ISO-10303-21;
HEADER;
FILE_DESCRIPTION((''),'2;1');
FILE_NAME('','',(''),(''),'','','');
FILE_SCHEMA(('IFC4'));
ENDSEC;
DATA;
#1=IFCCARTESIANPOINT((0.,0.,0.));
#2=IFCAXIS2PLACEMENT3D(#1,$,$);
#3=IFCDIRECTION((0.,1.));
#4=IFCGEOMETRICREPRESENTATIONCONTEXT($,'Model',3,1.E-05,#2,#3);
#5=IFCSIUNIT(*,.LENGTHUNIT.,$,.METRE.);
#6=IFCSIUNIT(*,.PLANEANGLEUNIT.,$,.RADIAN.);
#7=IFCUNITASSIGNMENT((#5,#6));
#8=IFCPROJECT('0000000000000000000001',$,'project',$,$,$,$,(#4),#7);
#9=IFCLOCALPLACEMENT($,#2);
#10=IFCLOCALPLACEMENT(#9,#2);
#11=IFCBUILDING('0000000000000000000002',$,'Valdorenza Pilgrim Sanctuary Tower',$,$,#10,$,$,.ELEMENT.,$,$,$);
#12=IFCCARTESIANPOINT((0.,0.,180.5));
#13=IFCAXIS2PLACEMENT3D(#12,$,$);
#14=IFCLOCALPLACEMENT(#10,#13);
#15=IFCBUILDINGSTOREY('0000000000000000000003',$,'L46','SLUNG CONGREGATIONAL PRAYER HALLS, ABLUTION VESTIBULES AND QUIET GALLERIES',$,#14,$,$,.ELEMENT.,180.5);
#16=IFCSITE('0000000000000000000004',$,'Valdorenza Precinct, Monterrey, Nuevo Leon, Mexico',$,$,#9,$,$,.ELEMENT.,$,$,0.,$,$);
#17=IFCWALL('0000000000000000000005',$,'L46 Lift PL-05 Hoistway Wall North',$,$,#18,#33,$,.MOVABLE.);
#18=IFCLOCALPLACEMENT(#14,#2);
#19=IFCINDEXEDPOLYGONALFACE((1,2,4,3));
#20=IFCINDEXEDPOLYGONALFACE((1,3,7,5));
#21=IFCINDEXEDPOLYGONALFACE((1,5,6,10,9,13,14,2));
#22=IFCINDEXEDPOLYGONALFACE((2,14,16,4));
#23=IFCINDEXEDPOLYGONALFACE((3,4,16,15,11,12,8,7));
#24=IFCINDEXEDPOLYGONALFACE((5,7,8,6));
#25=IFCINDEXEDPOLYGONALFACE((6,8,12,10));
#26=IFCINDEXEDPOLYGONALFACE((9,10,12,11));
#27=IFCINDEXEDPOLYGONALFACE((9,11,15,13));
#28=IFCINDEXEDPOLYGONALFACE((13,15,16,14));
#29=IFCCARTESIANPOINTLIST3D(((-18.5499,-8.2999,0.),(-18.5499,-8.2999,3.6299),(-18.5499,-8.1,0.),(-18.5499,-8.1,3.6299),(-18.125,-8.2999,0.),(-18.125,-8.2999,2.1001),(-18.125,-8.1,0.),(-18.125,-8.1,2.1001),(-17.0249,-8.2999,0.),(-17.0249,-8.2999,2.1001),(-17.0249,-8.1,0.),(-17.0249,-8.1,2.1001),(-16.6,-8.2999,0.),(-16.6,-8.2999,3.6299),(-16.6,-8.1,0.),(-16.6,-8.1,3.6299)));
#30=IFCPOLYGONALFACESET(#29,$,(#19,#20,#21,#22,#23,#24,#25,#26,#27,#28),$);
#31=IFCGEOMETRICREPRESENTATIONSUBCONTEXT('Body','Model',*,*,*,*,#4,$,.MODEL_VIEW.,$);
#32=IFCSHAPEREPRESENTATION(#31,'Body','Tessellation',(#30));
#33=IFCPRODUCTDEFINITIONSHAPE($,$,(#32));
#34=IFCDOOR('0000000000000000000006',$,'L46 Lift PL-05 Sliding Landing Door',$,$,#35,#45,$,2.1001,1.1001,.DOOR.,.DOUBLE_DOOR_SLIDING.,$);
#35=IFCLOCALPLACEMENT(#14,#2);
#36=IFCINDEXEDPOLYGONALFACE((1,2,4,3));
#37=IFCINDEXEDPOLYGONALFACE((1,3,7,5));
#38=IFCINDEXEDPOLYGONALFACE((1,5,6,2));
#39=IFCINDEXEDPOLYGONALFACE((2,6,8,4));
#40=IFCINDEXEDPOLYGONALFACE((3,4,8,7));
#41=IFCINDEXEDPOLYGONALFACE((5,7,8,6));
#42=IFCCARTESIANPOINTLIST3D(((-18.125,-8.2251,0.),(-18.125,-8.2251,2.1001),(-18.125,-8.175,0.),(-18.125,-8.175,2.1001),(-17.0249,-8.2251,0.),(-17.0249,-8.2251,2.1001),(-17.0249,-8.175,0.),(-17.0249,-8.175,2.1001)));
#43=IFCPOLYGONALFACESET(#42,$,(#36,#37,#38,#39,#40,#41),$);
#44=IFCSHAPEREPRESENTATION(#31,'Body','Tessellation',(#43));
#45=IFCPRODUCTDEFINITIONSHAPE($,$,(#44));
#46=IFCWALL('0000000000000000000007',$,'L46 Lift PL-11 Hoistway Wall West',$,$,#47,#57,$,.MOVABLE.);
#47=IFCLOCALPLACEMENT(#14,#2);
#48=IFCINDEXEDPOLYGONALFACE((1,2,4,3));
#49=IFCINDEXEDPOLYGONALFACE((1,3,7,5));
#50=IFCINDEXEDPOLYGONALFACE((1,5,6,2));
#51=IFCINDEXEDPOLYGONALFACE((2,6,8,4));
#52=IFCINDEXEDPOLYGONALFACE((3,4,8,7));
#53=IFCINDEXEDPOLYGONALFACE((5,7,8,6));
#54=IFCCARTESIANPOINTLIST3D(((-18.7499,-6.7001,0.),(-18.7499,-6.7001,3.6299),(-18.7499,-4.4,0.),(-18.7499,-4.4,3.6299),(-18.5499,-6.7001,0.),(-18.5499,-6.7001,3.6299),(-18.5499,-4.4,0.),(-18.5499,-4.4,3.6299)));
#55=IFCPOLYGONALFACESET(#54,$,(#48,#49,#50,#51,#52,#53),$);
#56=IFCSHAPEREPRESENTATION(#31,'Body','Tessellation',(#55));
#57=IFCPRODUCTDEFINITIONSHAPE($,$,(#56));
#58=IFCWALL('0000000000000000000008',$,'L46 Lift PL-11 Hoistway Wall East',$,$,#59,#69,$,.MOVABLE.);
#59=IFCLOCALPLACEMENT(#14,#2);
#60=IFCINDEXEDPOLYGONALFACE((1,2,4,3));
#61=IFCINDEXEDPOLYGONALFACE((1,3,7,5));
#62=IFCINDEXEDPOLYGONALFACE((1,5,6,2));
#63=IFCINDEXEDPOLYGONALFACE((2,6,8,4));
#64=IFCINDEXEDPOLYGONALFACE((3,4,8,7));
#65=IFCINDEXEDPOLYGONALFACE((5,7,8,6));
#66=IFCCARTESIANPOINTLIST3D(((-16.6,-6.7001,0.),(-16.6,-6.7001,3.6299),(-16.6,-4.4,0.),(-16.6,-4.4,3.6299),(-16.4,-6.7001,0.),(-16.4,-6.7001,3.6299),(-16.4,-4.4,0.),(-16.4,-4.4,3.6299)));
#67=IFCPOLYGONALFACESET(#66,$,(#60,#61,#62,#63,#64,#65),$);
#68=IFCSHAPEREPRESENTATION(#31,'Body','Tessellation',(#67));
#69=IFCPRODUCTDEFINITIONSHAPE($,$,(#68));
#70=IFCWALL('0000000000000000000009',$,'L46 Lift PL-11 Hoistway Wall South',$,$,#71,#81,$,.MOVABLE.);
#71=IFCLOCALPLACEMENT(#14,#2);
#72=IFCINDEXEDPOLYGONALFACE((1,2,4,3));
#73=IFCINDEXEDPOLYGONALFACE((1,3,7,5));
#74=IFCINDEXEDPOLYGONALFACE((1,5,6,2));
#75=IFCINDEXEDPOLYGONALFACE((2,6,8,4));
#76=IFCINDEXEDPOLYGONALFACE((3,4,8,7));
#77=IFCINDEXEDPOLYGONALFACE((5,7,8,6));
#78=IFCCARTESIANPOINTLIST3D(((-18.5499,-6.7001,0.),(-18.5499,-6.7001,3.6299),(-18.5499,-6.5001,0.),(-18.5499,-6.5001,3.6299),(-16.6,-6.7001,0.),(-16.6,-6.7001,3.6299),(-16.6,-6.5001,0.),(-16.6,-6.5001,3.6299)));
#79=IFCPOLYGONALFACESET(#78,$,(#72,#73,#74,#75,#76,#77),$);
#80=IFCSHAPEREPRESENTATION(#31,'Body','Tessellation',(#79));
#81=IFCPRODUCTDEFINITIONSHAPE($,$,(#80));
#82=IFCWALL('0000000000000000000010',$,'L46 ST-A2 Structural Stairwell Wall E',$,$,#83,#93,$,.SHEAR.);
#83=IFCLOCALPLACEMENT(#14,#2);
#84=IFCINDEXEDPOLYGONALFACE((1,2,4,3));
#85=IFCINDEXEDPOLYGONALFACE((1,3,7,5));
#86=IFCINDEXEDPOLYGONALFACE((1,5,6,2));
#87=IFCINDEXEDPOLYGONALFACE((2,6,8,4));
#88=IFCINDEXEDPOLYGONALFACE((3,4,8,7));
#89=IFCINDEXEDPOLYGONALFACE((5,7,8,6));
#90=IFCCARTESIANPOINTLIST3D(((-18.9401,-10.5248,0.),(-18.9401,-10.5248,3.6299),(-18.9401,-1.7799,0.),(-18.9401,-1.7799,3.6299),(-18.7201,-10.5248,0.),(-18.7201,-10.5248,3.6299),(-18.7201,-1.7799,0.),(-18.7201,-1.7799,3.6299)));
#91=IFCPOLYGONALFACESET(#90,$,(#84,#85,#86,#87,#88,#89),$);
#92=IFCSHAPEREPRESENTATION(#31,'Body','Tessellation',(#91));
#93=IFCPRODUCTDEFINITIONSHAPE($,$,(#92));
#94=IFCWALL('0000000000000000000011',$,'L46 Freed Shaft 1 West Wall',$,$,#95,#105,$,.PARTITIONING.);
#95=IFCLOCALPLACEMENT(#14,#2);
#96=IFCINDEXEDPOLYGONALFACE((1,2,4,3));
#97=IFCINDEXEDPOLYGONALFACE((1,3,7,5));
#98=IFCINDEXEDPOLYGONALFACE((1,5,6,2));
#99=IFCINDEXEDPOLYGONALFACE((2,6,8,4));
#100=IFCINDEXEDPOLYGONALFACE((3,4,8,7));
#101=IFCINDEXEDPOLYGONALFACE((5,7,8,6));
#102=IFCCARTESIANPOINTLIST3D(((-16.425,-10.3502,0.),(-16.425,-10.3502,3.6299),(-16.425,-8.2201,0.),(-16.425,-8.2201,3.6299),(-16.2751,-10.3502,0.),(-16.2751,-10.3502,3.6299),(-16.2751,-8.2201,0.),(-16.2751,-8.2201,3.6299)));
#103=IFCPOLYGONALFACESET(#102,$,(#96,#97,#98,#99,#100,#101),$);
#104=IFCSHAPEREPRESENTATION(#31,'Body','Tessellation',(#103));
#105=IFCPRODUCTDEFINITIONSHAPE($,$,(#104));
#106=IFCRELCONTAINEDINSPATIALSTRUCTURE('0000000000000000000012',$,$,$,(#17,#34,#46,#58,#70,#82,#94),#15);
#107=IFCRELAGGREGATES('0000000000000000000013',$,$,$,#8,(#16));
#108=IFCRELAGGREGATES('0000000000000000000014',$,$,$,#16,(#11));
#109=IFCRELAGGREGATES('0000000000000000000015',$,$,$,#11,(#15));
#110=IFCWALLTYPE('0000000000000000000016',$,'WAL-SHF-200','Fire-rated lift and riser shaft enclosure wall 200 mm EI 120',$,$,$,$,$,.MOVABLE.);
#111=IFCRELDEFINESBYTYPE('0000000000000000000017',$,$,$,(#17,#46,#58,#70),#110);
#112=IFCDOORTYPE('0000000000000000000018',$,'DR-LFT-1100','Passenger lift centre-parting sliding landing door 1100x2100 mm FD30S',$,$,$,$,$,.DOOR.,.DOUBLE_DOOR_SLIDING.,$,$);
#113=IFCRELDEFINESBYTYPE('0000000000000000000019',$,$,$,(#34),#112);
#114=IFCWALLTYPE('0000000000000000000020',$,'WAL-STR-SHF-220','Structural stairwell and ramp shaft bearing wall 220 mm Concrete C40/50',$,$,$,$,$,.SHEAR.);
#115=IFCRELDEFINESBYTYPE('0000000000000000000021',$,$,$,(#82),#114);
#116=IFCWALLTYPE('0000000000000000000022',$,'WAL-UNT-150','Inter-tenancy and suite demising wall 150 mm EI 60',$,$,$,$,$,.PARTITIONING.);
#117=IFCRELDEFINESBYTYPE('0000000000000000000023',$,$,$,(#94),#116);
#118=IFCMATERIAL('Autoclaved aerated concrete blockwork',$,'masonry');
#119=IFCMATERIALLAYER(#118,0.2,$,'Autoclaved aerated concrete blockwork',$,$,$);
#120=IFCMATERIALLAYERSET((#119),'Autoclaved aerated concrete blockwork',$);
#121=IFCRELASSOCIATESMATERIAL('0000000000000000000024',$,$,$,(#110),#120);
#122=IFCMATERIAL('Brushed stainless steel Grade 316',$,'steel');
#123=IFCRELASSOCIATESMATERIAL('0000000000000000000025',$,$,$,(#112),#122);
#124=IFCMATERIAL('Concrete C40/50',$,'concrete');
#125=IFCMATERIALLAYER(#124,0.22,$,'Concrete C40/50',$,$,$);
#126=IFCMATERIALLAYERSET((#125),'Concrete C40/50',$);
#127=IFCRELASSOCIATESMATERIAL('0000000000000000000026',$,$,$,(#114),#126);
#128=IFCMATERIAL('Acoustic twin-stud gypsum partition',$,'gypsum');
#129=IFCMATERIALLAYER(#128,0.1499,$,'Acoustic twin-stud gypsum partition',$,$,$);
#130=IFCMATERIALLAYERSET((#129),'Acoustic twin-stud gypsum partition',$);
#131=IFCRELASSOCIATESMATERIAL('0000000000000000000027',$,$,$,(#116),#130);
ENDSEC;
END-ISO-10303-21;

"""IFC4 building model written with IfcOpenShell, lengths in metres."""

from ifc_helpers import new_model, si_unit, direction, frame, frame_2d, origin, place, context, subcontext, project, spatial, rectangle, extrude, material, layer, layer_set, type_object, element, fill, save


model = new_model("IFC4")

# Units and contexts
model_context = context("Model", 3, precision=1e-05, world=origin(), true_north=direction((0.0, 1.0)))
body_context = subcontext(model_context, "Body", "Model", "MODEL_VIEW")
ifc_project = project(units=[si_unit("LENGTHUNIT", "METRE"), si_unit("PLANEANGLEUNIT", "RADIAN")], contexts=[model_context])

# Site, building, storey
site_placement = place(None, origin())
site = spatial("IfcSite", under=ifc_project, at=site_placement, Name="Valdorenza Precinct, Monterrey, Nuevo Leon, Mexico", CompositionType="ELEMENT", RefElevation=0.0)
building_placement = place(site_placement, origin())
building = spatial("IfcBuilding", under=site, at=building_placement, Name="Valdorenza Pilgrim Sanctuary Tower", CompositionType="ELEMENT")
storey_placement = place(building_placement, frame((0.0, 0.0, 180.5)))
storey = spatial("IfcBuildingStorey", under=building, at=storey_placement, Name="L46", Description="SLUNG CONGREGATIONAL PRAYER HALLS, ABLUTION VESTIBULES AND QUIET GALLERIES", CompositionType="ELEMENT", Elevation=180.5)

# Shared definitions
ifc_material_1 = material(Name="Acoustic twin-stud gypsum partition", Category="gypsum")

# Shared definitions
ifc_material_2 = material(Name="Autoclaved aerated concrete blockwork", Category="masonry")
ifc_layer_1 = layer(ifc_material_2, 0.2, Name="Autoclaved aerated concrete blockwork")
ifc_layer_set_1 = layer_set([ifc_layer_1], Name="Autoclaved aerated concrete blockwork")
wall_type_1 = type_object("IfcWallType", Name="WAL-SHF-200", Description="Fire-rated lift and riser shaft enclosure wall 200 mm EI 120", PredefinedType="MOVABLE", material=ifc_layer_set_1)

# Wall, opening, door
wall_1_placement = place(storey_placement, frame((-18.55, -8.2, 0.0), z_axis=(0.0, 0.0, 1.0), x_axis=(1.0, 0.0, 0.0)))
wall_1 = element("IfcWall", 1, at=wall_1_placement, inside=storey, type_object=wall_type_1, Name="L46 Lift PL-05 Hoistway Wall North", PredefinedType="MOVABLE", context=body_context, shape_type="SweptSolid", body=[
    extrude(rectangle(XDim=1.95, YDim=0.2, at=frame_2d((0.9751, 0.0))), origin(), (0.0, 0.0, 1.0), 3.6299),
])
opening_1_placement = place(wall_1_placement, frame((0.425, 0.0, 0.0)))
opening_1 = element("IfcOpeningElement", 2, at=opening_1_placement, cuts=wall_1, PredefinedType="OPENING", context=body_context, shape_type="SweptSolid", body=[
    extrude(rectangle(XDim=1.1001, YDim=2.1001, at=frame_2d((0.55, 1.05))), frame((0.0, 0.1147, 0.0), z_axis=(0.0, -1.0, 0.0), x_axis=(1.0, 0.0, 0.0)), (0.0, 0.0, 1.0), 0.2297),
])
ifc_material_3 = material(Name="Brushed stainless steel Grade 316", Category="steel")
door_type_1 = type_object("IfcDoorType", Name="DR-LFT-1100", Description="Passenger lift centre-parting sliding landing door 1100x2100 mm FD30S", OperationType="DOUBLE_DOOR_SLIDING", PredefinedType="DOOR", material=ifc_material_3)
door_1_placement = place(opening_1_placement, origin())
door_1 = element("IfcDoor", 3, at=door_1_placement, inside=storey, type_object=door_type_1, Name="L46 Lift PL-05 Sliding Landing Door", OperationType="DOUBLE_DOOR_SLIDING", OverallHeight=2.1001, OverallWidth=1.1001, PredefinedType="DOOR", context=body_context, shape_type="SweptSolid", body=[
    extrude(rectangle(XDim=1.1001, YDim=2.1001, at=frame_2d((0.55, 1.05))), frame((0.0, 0.0249, 0.0), z_axis=(0.0, -1.0, 0.0), x_axis=(1.0, 0.0, 0.0)), (0.0, 0.0, 1.0), 0.05),
])
fill(opening_1, door_1)

# Walls
for number, where, z_axis, x_axis, name in (
    (4, (-18.6499, -6.7, 0.0), (0.0, 0.0, 1.0), (0.0, 1.0, 0.0), "L46 Lift PL-11 Hoistway Wall West"),
    (5, (-16.5, -6.7, 0.0), (0.0, 0.0, 1.0), (0.0, 1.0, 0.0), "L46 Lift PL-11 Hoistway Wall East"),
):
    element("IfcWall", number, at=place(storey_placement, frame(where, z_axis=z_axis, x_axis=x_axis)), inside=storey, type_object=wall_type_1, Name=name, PredefinedType="MOVABLE", context=body_context, shape_type="SweptSolid", body=[
        extrude(rectangle(XDim=2.3, YDim=0.2, at=frame_2d((1.1499, 0.0))), origin(), (0.0, 0.0, 1.0), 3.6299),
    ])
wall_2_placement = place(storey_placement, frame((-18.55, -6.6001, 0.0), z_axis=(0.0, 0.0, 1.0), x_axis=(1.0, 0.0, 0.0)))
element("IfcWall", 6, at=wall_2_placement, inside=storey, type_object=wall_type_1, Name="L46 Lift PL-11 Hoistway Wall South", PredefinedType="MOVABLE", context=body_context, shape_type="SweptSolid", body=[
    extrude(rectangle(XDim=1.95, YDim=0.2, at=frame_2d((0.9751, 0.0))), origin(), (0.0, 0.0, 1.0), 3.6299),
])
ifc_material_4 = material(Name="Concrete C40/50", Category="concrete")
ifc_layer_2 = layer(ifc_material_4, 0.22, Name="Concrete C40/50")
ifc_layer_set_2 = layer_set([ifc_layer_2], Name="Concrete C40/50")
wall_type_2 = type_object("IfcWallType", Name="WAL-STR-SHF-220", Description="Structural stairwell and ramp shaft bearing wall 220 mm Concrete C40/50", PredefinedType="SHEAR", material=ifc_layer_set_2)
wall_3_placement = place(storey_placement, frame((-18.8301, -10.5249, 0.0), z_axis=(0.0, 0.0, 1.0), x_axis=(0.0, 1.0, 0.0)))
element("IfcWall", 7, at=wall_3_placement, inside=storey, type_object=wall_type_2, Name="L46 ST-A2 Structural Stairwell Wall E", PredefinedType="SHEAR", context=body_context, shape_type="SweptSolid", body=[
    extrude(rectangle(XDim=8.7449, YDim=0.22, at=frame_2d((4.3726, 0.0))), origin(), (0.0, 0.0, 1.0), 3.6299),
])
ifc_layer_3 = layer(ifc_material_1, 0.1499, Name="Acoustic twin-stud gypsum partition")
ifc_layer_set_3 = layer_set([ifc_layer_3], Name="Acoustic twin-stud gypsum partition")
wall_type_3 = type_object("IfcWallType", Name="WAL-UNT-150", Description="Inter-tenancy and suite demising wall 150 mm EI 60", PredefinedType="PARTITIONING", material=ifc_layer_set_3)
wall_4_placement = place(storey_placement, frame((-16.3501, -10.3501, 0.0), z_axis=(0.0, 0.0, 1.0), x_axis=(0.0, 1.0, 0.0)))
element("IfcWall", 8, at=wall_4_placement, inside=storey, type_object=wall_type_3, Name="L46 Freed Shaft 1 West Wall", PredefinedType="PARTITIONING", context=body_context, shape_type="SweptSolid", body=[
    extrude(rectangle(XDim=2.1301, YDim=0.1499, at=frame_2d((1.0649, 0.0))), origin(), (0.0, 0.0, 1.0), 3.6299),
])

save(model, "model.ifc")
